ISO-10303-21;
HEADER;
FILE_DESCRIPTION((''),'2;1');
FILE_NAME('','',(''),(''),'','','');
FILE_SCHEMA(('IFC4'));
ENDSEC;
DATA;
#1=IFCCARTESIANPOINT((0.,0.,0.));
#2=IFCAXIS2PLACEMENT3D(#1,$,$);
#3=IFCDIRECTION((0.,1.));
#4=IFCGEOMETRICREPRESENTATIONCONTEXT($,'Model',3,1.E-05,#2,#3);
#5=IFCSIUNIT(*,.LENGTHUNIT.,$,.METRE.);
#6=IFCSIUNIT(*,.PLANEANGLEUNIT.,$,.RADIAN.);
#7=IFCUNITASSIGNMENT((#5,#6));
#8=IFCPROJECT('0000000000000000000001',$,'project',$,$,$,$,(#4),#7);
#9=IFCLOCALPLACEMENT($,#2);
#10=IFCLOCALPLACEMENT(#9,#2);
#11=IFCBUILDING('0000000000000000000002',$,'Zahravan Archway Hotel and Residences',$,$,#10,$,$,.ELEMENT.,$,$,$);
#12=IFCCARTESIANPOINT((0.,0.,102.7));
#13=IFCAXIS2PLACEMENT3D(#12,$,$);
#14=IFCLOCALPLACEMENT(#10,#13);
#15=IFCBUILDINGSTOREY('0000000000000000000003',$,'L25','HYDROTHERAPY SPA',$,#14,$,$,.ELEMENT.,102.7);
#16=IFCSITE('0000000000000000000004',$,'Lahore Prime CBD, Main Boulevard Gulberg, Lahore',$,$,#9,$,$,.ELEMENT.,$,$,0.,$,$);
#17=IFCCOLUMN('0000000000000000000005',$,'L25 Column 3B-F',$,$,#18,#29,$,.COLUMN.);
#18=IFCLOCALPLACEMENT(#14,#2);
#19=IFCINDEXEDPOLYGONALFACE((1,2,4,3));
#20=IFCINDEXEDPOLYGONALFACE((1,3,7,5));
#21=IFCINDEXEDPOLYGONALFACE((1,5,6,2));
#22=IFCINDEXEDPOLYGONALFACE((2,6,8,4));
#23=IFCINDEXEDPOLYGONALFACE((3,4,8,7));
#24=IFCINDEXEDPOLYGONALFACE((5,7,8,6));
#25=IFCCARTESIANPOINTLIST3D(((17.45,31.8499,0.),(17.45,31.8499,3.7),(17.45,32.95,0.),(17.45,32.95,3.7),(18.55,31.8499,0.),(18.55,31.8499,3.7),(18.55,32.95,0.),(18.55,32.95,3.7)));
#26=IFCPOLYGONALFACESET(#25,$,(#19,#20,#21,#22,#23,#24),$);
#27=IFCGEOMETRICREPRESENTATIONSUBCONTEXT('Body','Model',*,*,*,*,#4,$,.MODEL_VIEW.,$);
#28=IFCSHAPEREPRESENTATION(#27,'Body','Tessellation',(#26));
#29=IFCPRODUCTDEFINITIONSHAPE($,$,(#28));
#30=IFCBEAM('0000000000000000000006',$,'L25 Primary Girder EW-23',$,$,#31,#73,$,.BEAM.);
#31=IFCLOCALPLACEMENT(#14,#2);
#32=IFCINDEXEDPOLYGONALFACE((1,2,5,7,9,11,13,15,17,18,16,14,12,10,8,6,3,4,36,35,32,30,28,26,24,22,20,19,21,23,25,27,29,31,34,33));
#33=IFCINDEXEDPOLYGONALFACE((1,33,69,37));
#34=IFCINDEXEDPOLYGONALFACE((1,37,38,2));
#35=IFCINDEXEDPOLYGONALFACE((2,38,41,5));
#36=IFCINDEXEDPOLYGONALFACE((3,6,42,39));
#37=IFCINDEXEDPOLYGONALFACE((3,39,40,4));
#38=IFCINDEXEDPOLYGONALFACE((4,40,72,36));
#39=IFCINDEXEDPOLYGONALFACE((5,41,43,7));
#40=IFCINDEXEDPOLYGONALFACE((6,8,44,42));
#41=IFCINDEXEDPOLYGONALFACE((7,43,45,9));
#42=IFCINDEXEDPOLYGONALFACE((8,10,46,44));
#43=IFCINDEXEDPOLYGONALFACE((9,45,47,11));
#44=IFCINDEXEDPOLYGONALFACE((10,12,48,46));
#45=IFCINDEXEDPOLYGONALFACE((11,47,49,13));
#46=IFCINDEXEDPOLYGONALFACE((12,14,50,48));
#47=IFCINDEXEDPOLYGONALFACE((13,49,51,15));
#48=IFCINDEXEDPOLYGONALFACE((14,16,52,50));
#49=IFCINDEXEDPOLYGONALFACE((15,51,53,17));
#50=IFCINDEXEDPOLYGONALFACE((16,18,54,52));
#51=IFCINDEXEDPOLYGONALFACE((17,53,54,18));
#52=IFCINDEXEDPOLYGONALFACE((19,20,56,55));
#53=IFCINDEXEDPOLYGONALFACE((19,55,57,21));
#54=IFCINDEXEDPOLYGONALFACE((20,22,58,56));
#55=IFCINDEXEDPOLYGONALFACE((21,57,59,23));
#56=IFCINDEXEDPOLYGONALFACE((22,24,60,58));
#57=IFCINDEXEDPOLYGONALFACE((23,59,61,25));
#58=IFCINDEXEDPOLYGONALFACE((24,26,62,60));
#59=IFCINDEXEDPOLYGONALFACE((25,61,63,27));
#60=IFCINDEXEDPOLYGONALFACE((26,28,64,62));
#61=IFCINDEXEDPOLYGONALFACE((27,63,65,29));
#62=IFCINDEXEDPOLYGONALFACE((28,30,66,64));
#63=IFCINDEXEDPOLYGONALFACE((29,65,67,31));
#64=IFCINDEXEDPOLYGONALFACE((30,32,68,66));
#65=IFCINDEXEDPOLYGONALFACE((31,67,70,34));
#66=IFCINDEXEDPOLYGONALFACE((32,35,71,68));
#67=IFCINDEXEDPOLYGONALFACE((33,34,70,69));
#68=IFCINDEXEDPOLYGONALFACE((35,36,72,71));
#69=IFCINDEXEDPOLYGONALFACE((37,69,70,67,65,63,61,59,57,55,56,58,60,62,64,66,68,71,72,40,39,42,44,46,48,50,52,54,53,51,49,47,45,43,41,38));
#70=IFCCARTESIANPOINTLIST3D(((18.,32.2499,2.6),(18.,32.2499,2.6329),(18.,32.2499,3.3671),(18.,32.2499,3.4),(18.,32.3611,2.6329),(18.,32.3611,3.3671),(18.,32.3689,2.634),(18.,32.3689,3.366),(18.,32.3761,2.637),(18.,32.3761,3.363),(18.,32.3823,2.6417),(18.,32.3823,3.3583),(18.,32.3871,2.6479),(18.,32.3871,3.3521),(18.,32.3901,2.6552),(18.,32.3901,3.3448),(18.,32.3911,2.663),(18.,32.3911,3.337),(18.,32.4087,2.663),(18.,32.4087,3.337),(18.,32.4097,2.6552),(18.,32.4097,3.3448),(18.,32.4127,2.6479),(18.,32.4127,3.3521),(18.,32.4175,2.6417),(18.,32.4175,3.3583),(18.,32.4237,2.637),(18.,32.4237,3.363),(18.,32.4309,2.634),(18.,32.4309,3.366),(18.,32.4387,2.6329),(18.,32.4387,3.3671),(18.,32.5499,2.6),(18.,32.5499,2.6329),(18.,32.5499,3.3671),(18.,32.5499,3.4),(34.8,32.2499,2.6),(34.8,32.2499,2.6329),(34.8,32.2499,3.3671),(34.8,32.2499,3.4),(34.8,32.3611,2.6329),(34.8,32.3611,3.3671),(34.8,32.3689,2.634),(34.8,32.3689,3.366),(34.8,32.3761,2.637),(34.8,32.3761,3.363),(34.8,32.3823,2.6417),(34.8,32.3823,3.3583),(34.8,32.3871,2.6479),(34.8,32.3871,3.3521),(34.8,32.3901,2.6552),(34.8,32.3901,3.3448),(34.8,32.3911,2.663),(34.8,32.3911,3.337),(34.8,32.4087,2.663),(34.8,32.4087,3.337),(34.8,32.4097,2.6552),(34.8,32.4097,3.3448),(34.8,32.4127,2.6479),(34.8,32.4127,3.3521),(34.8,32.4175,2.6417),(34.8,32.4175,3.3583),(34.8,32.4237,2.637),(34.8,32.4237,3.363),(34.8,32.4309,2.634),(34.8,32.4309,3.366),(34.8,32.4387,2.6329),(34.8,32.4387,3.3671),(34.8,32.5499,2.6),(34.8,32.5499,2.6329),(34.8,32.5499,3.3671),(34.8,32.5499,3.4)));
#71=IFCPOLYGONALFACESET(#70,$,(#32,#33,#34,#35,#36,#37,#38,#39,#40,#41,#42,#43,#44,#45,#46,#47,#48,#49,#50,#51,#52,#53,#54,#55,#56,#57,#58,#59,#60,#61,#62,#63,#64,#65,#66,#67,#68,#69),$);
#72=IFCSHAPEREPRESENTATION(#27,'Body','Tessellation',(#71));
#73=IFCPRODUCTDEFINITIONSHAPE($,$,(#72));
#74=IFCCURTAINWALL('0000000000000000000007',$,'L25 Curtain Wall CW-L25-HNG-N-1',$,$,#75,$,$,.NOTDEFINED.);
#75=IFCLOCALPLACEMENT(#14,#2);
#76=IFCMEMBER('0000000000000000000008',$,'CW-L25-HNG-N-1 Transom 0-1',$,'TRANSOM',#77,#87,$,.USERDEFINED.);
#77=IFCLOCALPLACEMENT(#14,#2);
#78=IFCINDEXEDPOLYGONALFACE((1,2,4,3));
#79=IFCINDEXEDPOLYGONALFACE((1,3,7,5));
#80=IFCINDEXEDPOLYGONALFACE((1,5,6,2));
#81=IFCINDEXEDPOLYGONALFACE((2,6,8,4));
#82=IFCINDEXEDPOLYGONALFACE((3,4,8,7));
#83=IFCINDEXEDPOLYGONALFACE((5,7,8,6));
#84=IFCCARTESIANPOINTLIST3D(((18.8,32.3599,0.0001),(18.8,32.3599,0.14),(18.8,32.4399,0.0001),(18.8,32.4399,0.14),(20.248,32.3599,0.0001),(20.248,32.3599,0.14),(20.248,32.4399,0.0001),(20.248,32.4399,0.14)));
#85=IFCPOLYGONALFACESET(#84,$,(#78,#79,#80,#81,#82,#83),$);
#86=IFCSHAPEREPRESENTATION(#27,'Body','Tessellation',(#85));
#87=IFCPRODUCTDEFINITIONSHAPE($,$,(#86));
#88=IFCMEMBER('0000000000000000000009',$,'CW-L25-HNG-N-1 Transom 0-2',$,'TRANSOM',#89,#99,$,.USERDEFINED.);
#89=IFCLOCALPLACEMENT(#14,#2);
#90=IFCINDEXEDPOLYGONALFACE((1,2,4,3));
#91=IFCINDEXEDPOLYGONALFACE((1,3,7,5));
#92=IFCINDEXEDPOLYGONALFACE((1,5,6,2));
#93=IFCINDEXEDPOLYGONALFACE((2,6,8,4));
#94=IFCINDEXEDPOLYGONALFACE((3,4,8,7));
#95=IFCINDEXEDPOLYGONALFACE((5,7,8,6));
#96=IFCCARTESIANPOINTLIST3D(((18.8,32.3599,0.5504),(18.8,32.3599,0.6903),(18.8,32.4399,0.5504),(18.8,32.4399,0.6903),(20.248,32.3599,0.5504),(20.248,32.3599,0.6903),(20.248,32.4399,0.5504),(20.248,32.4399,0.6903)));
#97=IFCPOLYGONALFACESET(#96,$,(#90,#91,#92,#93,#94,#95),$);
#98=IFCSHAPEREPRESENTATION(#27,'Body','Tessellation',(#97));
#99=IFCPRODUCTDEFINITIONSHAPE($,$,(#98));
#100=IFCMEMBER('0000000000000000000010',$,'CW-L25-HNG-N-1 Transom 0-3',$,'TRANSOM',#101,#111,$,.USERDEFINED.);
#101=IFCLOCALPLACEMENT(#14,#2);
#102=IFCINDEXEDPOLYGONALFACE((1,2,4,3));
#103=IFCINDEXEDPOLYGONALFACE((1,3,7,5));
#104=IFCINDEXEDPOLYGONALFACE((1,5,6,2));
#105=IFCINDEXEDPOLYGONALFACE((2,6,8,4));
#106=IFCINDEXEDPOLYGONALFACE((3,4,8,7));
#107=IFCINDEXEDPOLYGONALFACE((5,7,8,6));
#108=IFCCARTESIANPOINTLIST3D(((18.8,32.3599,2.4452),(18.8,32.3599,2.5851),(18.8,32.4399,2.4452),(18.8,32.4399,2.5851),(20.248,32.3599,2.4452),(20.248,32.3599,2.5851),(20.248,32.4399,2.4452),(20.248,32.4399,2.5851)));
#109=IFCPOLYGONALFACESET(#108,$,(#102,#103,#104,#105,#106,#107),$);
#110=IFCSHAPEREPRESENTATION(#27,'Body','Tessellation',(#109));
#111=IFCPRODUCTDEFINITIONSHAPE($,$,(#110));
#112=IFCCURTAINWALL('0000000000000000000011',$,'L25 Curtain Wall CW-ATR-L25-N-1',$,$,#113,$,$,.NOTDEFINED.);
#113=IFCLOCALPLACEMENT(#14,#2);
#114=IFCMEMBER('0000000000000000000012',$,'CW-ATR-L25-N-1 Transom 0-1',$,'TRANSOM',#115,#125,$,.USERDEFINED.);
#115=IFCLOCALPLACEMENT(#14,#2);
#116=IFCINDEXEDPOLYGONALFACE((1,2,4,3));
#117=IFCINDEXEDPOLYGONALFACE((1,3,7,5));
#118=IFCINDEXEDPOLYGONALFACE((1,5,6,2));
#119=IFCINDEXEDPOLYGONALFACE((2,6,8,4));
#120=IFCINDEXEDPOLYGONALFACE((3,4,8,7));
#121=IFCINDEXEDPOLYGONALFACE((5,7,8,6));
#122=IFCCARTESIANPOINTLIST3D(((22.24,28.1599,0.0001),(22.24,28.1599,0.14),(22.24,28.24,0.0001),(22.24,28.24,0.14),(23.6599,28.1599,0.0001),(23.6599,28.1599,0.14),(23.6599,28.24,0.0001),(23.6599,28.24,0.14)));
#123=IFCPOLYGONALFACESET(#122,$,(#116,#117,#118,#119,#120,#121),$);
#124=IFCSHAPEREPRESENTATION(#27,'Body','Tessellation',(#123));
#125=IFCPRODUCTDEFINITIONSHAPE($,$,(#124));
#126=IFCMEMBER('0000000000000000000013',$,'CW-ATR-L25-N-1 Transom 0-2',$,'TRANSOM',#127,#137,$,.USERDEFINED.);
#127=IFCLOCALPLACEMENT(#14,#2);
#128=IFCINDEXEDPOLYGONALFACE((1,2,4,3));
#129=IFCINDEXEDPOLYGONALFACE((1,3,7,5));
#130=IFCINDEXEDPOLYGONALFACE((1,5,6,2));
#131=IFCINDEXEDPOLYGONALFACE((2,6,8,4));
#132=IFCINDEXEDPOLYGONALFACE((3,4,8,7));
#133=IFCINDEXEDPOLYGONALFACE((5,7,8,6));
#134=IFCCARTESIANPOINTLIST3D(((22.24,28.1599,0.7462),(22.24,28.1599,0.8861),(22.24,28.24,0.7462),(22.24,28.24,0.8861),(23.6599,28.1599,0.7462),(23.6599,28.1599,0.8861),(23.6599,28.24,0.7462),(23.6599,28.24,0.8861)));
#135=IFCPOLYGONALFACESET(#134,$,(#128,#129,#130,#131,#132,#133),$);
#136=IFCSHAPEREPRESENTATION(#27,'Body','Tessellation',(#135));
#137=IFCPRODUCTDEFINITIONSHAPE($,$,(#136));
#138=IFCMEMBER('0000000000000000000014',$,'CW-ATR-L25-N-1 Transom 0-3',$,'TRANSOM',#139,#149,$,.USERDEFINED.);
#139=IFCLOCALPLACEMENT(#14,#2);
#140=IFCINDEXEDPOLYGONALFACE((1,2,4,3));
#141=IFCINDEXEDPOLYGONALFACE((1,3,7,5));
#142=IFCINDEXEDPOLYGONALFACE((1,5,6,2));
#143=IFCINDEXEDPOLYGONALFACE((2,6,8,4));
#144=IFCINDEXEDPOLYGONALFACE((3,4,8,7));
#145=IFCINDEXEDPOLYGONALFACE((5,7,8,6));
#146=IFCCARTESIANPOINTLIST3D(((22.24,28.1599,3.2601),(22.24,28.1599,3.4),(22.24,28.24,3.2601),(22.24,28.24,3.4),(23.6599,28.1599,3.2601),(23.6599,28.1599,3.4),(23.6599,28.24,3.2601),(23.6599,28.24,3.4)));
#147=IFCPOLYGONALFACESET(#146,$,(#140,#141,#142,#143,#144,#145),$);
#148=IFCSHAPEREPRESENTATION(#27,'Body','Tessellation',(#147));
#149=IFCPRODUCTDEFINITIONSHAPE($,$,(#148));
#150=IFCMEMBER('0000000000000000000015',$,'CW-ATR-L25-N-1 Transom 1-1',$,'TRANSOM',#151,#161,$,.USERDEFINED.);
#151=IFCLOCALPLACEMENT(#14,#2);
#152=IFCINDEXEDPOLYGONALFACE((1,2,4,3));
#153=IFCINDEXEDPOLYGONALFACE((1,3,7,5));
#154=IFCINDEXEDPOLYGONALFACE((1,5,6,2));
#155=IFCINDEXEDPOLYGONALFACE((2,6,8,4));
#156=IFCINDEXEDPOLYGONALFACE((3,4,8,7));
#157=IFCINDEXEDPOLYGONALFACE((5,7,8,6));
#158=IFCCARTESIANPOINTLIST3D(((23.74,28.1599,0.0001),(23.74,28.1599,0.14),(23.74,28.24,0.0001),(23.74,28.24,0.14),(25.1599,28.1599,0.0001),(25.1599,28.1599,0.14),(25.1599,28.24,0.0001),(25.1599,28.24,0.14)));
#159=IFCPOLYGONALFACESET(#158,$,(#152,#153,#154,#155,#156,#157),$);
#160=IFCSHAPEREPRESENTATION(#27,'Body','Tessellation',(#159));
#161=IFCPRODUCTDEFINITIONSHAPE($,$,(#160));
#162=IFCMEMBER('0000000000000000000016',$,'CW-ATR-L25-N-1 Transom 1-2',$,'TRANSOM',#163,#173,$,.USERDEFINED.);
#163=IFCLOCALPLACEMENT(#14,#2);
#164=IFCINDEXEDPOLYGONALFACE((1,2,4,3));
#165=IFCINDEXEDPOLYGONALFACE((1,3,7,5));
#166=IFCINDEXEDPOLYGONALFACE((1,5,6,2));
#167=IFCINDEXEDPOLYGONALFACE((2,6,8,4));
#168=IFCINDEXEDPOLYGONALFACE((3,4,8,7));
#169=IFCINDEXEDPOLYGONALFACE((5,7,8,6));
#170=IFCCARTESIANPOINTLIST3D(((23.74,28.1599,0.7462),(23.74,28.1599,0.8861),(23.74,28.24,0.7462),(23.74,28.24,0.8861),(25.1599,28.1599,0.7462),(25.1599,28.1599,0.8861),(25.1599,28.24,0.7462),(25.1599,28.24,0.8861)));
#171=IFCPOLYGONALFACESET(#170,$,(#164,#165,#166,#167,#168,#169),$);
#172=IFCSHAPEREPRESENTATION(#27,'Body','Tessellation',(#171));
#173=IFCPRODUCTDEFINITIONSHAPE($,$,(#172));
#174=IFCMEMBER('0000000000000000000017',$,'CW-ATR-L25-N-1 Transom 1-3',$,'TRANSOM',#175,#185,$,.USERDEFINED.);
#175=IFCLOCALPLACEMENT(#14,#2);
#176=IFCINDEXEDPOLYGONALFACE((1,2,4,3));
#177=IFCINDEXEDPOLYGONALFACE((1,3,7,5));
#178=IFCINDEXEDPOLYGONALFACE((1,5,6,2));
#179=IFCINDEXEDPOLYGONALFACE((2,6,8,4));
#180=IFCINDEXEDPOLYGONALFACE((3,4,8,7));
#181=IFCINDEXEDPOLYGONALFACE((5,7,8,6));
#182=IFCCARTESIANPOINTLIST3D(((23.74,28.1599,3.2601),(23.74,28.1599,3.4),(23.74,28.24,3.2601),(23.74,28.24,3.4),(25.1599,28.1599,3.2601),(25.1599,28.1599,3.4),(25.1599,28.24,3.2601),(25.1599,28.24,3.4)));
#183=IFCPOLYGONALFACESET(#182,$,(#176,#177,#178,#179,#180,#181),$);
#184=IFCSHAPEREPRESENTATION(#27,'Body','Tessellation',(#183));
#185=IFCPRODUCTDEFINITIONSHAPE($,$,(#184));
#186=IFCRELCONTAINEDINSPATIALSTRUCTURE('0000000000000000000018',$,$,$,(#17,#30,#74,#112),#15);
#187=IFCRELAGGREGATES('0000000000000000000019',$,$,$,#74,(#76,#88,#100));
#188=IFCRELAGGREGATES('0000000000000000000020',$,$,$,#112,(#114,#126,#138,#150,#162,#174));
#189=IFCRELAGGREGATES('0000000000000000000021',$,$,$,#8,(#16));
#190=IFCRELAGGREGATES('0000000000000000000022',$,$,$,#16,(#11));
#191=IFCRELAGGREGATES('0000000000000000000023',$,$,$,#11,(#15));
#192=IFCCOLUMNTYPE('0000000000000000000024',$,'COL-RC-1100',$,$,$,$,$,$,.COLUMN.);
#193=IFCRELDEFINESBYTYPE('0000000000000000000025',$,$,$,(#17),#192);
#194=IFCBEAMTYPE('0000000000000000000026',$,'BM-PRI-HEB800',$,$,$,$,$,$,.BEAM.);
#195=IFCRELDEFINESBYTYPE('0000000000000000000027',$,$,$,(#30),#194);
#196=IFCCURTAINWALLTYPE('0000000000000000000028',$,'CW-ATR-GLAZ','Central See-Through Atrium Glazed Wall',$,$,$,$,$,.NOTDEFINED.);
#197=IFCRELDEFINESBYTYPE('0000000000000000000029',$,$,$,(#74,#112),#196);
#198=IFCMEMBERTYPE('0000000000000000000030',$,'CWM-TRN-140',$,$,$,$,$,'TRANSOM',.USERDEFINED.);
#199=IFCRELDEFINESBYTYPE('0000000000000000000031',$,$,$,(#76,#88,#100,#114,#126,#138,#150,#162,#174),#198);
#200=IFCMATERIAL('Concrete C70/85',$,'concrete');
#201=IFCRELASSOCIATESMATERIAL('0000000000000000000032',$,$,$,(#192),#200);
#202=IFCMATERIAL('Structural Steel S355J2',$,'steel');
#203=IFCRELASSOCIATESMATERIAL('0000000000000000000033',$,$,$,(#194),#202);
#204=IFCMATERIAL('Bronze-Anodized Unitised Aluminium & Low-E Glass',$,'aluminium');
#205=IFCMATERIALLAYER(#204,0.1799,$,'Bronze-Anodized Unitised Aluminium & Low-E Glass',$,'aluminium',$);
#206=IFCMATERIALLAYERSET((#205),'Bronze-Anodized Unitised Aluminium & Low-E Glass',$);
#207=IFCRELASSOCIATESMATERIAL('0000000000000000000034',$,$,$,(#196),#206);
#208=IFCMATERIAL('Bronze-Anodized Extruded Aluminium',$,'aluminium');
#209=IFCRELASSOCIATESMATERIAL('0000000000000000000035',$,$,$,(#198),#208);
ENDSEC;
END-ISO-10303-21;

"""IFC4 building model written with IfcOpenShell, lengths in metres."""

from ifc_helpers import new_model, si_unit, direction, frame, origin, origin_2d, place, context, subcontext, project, spatial, rectangle, i_section, extrude, source, transform, mapped, material, layer, layer_set, material_profile, profile_set, type_object, type_shapes, element, aggregate, save


model = new_model("IFC4")

# Units and contexts
model_context = context("Model", 3, precision=1e-05, world=origin(), true_north=direction((0.0, 1.0)))
body_context = subcontext(model_context, "Body", "Model", "MODEL_VIEW")
ifc_project = project(units=[si_unit("LENGTHUNIT", "METRE"), si_unit("PLANEANGLEUNIT", "RADIAN")], contexts=[model_context])

# Site, building, storey
site_placement = place(None, origin())
site = spatial("IfcSite", under=ifc_project, at=site_placement, Name="Lahore Prime CBD, Main Boulevard Gulberg, Lahore", CompositionType="ELEMENT", RefElevation=0.0)
building_placement = place(site_placement, origin())
building = spatial("IfcBuilding", under=site, at=building_placement, Name="Zahravan Archway Hotel and Residences", CompositionType="ELEMENT")
storey_placement = place(building_placement, frame((0.0, 0.0, 102.7)))
storey = spatial("IfcBuildingStorey", under=building, at=storey_placement, Name="L25", Description="HYDROTHERAPY SPA", CompositionType="ELEMENT", Elevation=102.7)

# Column
ifc_material_1 = material(Name="Concrete C70/85", Category="concrete")
ifc_material_profile_1 = material_profile(ifc_material_1, rectangle(XDim=1.1001, YDim=1.1001, at=origin_2d()), Name="RC 1100x1100", Category="concrete")
ifc_profile_set_1 = profile_set([ifc_material_profile_1], Name="Concrete C70/85")
column_type = type_object("IfcColumnType", Name="COL-RC-1100", PredefinedType="COLUMN", material=ifc_profile_set_1)
shared_shape_1 = source(origin(), body_context, "Body", "SweptSolid", [
    extrude(rectangle(XDim=1.1001, YDim=1.1001, at=origin_2d()), origin(), (0.0, 0.0, 1.0), 3.7),
])
column_placement = place(storey_placement, frame((18.0, 32.3999, 0.0), z_axis=(0.0, 0.0, 1.0), x_axis=(1.0, 0.0, 0.0)))
element("IfcColumn", 1, at=column_placement, inside=storey, type_object=column_type, Name="L25 Column 3B-F", PredefinedType="COLUMN", context=body_context, shape_type="MappedRepresentation", body=[
    mapped(shared_shape_1, transform((0.0, 0.0, 0.0), scale=1.0)),
])

# Beam
ifc_material_2 = material(Name="Structural Steel S355J2", Category="steel")
ifc_material_profile_2 = material_profile(ifc_material_2, i_section(OverallWidth=0.3, OverallDepth=0.8, WebThickness=0.0176, FlangeThickness=0.033, FilletRadius=0.03, at=origin_2d()), Name="HEB 800", Category="steel")
ifc_profile_set_2 = profile_set([ifc_material_profile_2], Name="Structural Steel S355J2")
beam_type = type_object("IfcBeamType", Name="BM-PRI-HEB800", PredefinedType="BEAM", material=ifc_profile_set_2)
shared_shape_2 = source(origin(), body_context, "Body", "SweptSolid", [
    extrude(i_section(OverallWidth=0.3, OverallDepth=0.8, WebThickness=0.0176, FlangeThickness=0.033, FilletRadius=0.03, at=origin_2d()), origin(), (0.0, 0.0, 1.0), 16.8),
])
type_shapes(beam_type, [shared_shape_2])
beam_placement = place(storey_placement, frame((18.0, 32.3999, 3.0), z_axis=(1.0, 0.0, 0.0), x_axis=(0.0, 1.0, 0.0)))
element("IfcBeam", 2, at=beam_placement, inside=storey, type_object=beam_type, Name="L25 Primary Girder EW-23", PredefinedType="BEAM", context=body_context, shape_type="MappedRepresentation", body=[
    mapped(shared_shape_2, transform((0.0, 0.0, 0.0), scale=1.0)),
])

# Curtain walls, members
ifc_material_3 = material(Name="Bronze-Anodized Unitised Aluminium & Low-E Glass", Category="aluminium")
ifc_layer_1 = layer(ifc_material_3, 0.1799, Name="Bronze-Anodized Unitised Aluminium & Low-E Glass", Category="aluminium")
ifc_layer_set_1 = layer_set([ifc_layer_1], Name="Bronze-Anodized Unitised Aluminium & Low-E Glass")
curtain_wall_type = type_object("IfcCurtainWallType", Name="CW-ATR-GLAZ", Description="Central See-Through Atrium Glazed Wall", PredefinedType="NOTDEFINED", material=ifc_layer_set_1)
curtain_wall_1_placement = place(storey_placement, origin())
curtain_wall_1 = element("IfcCurtainWall", 3, at=curtain_wall_1_placement, inside=storey, type_object=curtain_wall_type, Name="L25 Curtain Wall CW-L25-HNG-N-1", PredefinedType="NOTDEFINED")
ifc_material_4 = material(Name="Bronze-Anodized Extruded Aluminium", Category="aluminium")
ifc_material_profile_3 = material_profile(ifc_material_4, rectangle(XDim=0.0801, YDim=0.1399, at=origin_2d()), Name="TRN 80x140", Category="aluminium")
ifc_profile_set_3 = profile_set([ifc_material_profile_3], Name="Bronze-Anodized Extruded Aluminium")
member_type_1 = type_object("IfcMemberType", Name="CWM-TRN-140", ElementType="TRANSOM", PredefinedType="USERDEFINED", material=ifc_profile_set_3)
shared_shape_3 = source(origin(), body_context, "Body", "SweptSolid", [
    extrude(rectangle(XDim=0.0801, YDim=0.1399, at=origin_2d()), origin(), (0.0, 0.0, 1.0), 1.448),
])
member_1_placement = place(storey_placement, frame((18.8, 32.3999, 0.0701), z_axis=(1.0, 0.0, 0.0), x_axis=(0.0, 1.0, 0.0)))
member_1 = element("IfcMember", 4, at=member_1_placement, type_object=member_type_1, Name="CW-L25-HNG-N-1 Transom 0-1", ObjectType="TRANSOM", PredefinedType="USERDEFINED", context=body_context, shape_type="MappedRepresentation", body=[
    mapped(shared_shape_3, transform((0.0, 0.0, 0.0), scale=1.0)),
])
member_2_placement = place(storey_placement, frame((18.8, 32.3999, 0.6204), z_axis=(1.0, 0.0, 0.0), x_axis=(0.0, 1.0, 0.0)))
member_2 = element("IfcMember", 5, at=member_2_placement, type_object=member_type_1, Name="CW-L25-HNG-N-1 Transom 0-2", ObjectType="TRANSOM", PredefinedType="USERDEFINED", context=body_context, shape_type="MappedRepresentation", body=[
    mapped(shared_shape_3, transform((0.0, 0.0, 0.0), scale=1.0)),
])
member_3_placement = place(storey_placement, frame((18.8, 32.3999, 2.5151), z_axis=(1.0, 0.0, 0.0), x_axis=(0.0, 1.0, 0.0)))
member_3 = element("IfcMember", 6, at=member_3_placement, type_object=member_type_1, Name="CW-L25-HNG-N-1 Transom 0-3", ObjectType="TRANSOM", PredefinedType="USERDEFINED", context=body_context, shape_type="MappedRepresentation", body=[
    mapped(shared_shape_3, transform((0.0, 0.0, 0.0), scale=1.0)),
])
curtain_wall_2_placement = place(storey_placement, origin())
curtain_wall_2 = element("IfcCurtainWall", 7, at=curtain_wall_2_placement, inside=storey, type_object=curtain_wall_type, Name="L25 Curtain Wall CW-ATR-L25-N-1", PredefinedType="NOTDEFINED")
shared_shape_4 = source(origin(), body_context, "Body", "SweptSolid", [
    extrude(rectangle(XDim=0.0801, YDim=0.1399, at=origin_2d()), origin(), (0.0, 0.0, 1.0), 1.4199),
])
member_4_placement = place(storey_placement, frame((22.24, 28.2, 0.0701), z_axis=(1.0, 0.0, 0.0), x_axis=(0.0, 1.0, 0.0)))
member_4 = element("IfcMember", 8, at=member_4_placement, type_object=member_type_1, Name="CW-ATR-L25-N-1 Transom 0-1", ObjectType="TRANSOM", PredefinedType="USERDEFINED", context=body_context, shape_type="MappedRepresentation", body=[
    mapped(shared_shape_4, transform((0.0, 0.0, 0.0), scale=1.0)),
])
member_5_placement = place(storey_placement, frame((22.24, 28.2, 0.8162), z_axis=(1.0, 0.0, 0.0), x_axis=(0.0, 1.0, 0.0)))
member_5 = element("IfcMember", 9, at=member_5_placement, type_object=member_type_1, Name="CW-ATR-L25-N-1 Transom 0-2", ObjectType="TRANSOM", PredefinedType="USERDEFINED", context=body_context, shape_type="MappedRepresentation", body=[
    mapped(shared_shape_4, transform((0.0, 0.0, 0.0), scale=1.0)),
])
member_6_placement = place(storey_placement, frame((22.24, 28.2, 3.3301), z_axis=(1.0, 0.0, 0.0), x_axis=(0.0, 1.0, 0.0)))
member_6 = element("IfcMember", 10, at=member_6_placement, type_object=member_type_1, Name="CW-ATR-L25-N-1 Transom 0-3", ObjectType="TRANSOM", PredefinedType="USERDEFINED", context=body_context, shape_type="MappedRepresentation", body=[
    mapped(shared_shape_4, transform((0.0, 0.0, 0.0), scale=1.0)),
])
member_7_placement = place(storey_placement, frame((23.74, 28.2, 0.0701), z_axis=(1.0, 0.0, 0.0), x_axis=(0.0, 1.0, 0.0)))
member_7 = element("IfcMember", 11, at=member_7_placement, type_object=member_type_1, Name="CW-ATR-L25-N-1 Transom 1-1", ObjectType="TRANSOM", PredefinedType="USERDEFINED", context=body_context, shape_type="MappedRepresentation", body=[
    mapped(shared_shape_4, transform((0.0, 0.0, 0.0), scale=1.0)),
])
member_8_placement = place(storey_placement, frame((23.74, 28.2, 0.8162), z_axis=(1.0, 0.0, 0.0), x_axis=(0.0, 1.0, 0.0)))
member_8 = element("IfcMember", 12, at=member_8_placement, type_object=member_type_1, Name="CW-ATR-L25-N-1 Transom 1-2", ObjectType="TRANSOM", PredefinedType="USERDEFINED", context=body_context, shape_type="MappedRepresentation", body=[
    mapped(shared_shape_4, transform((0.0, 0.0, 0.0), scale=1.0)),
])
member_9_placement = place(storey_placement, frame((23.74, 28.2, 3.3301), z_axis=(1.0, 0.0, 0.0), x_axis=(0.0, 1.0, 0.0)))
member_9 = element("IfcMember", 13, at=member_9_placement, type_object=member_type_1, Name="CW-ATR-L25-N-1 Transom 1-3", ObjectType="TRANSOM", PredefinedType="USERDEFINED", context=body_context, shape_type="MappedRepresentation", body=[
    mapped(shared_shape_4, transform((0.0, 0.0, 0.0), scale=1.0)),
])

aggregate(curtain_wall_1, [member_1, member_2, member_3])
aggregate(curtain_wall_2, [member_4, member_5, member_6, member_7, member_8, member_9])

save(model, "model.ifc")
